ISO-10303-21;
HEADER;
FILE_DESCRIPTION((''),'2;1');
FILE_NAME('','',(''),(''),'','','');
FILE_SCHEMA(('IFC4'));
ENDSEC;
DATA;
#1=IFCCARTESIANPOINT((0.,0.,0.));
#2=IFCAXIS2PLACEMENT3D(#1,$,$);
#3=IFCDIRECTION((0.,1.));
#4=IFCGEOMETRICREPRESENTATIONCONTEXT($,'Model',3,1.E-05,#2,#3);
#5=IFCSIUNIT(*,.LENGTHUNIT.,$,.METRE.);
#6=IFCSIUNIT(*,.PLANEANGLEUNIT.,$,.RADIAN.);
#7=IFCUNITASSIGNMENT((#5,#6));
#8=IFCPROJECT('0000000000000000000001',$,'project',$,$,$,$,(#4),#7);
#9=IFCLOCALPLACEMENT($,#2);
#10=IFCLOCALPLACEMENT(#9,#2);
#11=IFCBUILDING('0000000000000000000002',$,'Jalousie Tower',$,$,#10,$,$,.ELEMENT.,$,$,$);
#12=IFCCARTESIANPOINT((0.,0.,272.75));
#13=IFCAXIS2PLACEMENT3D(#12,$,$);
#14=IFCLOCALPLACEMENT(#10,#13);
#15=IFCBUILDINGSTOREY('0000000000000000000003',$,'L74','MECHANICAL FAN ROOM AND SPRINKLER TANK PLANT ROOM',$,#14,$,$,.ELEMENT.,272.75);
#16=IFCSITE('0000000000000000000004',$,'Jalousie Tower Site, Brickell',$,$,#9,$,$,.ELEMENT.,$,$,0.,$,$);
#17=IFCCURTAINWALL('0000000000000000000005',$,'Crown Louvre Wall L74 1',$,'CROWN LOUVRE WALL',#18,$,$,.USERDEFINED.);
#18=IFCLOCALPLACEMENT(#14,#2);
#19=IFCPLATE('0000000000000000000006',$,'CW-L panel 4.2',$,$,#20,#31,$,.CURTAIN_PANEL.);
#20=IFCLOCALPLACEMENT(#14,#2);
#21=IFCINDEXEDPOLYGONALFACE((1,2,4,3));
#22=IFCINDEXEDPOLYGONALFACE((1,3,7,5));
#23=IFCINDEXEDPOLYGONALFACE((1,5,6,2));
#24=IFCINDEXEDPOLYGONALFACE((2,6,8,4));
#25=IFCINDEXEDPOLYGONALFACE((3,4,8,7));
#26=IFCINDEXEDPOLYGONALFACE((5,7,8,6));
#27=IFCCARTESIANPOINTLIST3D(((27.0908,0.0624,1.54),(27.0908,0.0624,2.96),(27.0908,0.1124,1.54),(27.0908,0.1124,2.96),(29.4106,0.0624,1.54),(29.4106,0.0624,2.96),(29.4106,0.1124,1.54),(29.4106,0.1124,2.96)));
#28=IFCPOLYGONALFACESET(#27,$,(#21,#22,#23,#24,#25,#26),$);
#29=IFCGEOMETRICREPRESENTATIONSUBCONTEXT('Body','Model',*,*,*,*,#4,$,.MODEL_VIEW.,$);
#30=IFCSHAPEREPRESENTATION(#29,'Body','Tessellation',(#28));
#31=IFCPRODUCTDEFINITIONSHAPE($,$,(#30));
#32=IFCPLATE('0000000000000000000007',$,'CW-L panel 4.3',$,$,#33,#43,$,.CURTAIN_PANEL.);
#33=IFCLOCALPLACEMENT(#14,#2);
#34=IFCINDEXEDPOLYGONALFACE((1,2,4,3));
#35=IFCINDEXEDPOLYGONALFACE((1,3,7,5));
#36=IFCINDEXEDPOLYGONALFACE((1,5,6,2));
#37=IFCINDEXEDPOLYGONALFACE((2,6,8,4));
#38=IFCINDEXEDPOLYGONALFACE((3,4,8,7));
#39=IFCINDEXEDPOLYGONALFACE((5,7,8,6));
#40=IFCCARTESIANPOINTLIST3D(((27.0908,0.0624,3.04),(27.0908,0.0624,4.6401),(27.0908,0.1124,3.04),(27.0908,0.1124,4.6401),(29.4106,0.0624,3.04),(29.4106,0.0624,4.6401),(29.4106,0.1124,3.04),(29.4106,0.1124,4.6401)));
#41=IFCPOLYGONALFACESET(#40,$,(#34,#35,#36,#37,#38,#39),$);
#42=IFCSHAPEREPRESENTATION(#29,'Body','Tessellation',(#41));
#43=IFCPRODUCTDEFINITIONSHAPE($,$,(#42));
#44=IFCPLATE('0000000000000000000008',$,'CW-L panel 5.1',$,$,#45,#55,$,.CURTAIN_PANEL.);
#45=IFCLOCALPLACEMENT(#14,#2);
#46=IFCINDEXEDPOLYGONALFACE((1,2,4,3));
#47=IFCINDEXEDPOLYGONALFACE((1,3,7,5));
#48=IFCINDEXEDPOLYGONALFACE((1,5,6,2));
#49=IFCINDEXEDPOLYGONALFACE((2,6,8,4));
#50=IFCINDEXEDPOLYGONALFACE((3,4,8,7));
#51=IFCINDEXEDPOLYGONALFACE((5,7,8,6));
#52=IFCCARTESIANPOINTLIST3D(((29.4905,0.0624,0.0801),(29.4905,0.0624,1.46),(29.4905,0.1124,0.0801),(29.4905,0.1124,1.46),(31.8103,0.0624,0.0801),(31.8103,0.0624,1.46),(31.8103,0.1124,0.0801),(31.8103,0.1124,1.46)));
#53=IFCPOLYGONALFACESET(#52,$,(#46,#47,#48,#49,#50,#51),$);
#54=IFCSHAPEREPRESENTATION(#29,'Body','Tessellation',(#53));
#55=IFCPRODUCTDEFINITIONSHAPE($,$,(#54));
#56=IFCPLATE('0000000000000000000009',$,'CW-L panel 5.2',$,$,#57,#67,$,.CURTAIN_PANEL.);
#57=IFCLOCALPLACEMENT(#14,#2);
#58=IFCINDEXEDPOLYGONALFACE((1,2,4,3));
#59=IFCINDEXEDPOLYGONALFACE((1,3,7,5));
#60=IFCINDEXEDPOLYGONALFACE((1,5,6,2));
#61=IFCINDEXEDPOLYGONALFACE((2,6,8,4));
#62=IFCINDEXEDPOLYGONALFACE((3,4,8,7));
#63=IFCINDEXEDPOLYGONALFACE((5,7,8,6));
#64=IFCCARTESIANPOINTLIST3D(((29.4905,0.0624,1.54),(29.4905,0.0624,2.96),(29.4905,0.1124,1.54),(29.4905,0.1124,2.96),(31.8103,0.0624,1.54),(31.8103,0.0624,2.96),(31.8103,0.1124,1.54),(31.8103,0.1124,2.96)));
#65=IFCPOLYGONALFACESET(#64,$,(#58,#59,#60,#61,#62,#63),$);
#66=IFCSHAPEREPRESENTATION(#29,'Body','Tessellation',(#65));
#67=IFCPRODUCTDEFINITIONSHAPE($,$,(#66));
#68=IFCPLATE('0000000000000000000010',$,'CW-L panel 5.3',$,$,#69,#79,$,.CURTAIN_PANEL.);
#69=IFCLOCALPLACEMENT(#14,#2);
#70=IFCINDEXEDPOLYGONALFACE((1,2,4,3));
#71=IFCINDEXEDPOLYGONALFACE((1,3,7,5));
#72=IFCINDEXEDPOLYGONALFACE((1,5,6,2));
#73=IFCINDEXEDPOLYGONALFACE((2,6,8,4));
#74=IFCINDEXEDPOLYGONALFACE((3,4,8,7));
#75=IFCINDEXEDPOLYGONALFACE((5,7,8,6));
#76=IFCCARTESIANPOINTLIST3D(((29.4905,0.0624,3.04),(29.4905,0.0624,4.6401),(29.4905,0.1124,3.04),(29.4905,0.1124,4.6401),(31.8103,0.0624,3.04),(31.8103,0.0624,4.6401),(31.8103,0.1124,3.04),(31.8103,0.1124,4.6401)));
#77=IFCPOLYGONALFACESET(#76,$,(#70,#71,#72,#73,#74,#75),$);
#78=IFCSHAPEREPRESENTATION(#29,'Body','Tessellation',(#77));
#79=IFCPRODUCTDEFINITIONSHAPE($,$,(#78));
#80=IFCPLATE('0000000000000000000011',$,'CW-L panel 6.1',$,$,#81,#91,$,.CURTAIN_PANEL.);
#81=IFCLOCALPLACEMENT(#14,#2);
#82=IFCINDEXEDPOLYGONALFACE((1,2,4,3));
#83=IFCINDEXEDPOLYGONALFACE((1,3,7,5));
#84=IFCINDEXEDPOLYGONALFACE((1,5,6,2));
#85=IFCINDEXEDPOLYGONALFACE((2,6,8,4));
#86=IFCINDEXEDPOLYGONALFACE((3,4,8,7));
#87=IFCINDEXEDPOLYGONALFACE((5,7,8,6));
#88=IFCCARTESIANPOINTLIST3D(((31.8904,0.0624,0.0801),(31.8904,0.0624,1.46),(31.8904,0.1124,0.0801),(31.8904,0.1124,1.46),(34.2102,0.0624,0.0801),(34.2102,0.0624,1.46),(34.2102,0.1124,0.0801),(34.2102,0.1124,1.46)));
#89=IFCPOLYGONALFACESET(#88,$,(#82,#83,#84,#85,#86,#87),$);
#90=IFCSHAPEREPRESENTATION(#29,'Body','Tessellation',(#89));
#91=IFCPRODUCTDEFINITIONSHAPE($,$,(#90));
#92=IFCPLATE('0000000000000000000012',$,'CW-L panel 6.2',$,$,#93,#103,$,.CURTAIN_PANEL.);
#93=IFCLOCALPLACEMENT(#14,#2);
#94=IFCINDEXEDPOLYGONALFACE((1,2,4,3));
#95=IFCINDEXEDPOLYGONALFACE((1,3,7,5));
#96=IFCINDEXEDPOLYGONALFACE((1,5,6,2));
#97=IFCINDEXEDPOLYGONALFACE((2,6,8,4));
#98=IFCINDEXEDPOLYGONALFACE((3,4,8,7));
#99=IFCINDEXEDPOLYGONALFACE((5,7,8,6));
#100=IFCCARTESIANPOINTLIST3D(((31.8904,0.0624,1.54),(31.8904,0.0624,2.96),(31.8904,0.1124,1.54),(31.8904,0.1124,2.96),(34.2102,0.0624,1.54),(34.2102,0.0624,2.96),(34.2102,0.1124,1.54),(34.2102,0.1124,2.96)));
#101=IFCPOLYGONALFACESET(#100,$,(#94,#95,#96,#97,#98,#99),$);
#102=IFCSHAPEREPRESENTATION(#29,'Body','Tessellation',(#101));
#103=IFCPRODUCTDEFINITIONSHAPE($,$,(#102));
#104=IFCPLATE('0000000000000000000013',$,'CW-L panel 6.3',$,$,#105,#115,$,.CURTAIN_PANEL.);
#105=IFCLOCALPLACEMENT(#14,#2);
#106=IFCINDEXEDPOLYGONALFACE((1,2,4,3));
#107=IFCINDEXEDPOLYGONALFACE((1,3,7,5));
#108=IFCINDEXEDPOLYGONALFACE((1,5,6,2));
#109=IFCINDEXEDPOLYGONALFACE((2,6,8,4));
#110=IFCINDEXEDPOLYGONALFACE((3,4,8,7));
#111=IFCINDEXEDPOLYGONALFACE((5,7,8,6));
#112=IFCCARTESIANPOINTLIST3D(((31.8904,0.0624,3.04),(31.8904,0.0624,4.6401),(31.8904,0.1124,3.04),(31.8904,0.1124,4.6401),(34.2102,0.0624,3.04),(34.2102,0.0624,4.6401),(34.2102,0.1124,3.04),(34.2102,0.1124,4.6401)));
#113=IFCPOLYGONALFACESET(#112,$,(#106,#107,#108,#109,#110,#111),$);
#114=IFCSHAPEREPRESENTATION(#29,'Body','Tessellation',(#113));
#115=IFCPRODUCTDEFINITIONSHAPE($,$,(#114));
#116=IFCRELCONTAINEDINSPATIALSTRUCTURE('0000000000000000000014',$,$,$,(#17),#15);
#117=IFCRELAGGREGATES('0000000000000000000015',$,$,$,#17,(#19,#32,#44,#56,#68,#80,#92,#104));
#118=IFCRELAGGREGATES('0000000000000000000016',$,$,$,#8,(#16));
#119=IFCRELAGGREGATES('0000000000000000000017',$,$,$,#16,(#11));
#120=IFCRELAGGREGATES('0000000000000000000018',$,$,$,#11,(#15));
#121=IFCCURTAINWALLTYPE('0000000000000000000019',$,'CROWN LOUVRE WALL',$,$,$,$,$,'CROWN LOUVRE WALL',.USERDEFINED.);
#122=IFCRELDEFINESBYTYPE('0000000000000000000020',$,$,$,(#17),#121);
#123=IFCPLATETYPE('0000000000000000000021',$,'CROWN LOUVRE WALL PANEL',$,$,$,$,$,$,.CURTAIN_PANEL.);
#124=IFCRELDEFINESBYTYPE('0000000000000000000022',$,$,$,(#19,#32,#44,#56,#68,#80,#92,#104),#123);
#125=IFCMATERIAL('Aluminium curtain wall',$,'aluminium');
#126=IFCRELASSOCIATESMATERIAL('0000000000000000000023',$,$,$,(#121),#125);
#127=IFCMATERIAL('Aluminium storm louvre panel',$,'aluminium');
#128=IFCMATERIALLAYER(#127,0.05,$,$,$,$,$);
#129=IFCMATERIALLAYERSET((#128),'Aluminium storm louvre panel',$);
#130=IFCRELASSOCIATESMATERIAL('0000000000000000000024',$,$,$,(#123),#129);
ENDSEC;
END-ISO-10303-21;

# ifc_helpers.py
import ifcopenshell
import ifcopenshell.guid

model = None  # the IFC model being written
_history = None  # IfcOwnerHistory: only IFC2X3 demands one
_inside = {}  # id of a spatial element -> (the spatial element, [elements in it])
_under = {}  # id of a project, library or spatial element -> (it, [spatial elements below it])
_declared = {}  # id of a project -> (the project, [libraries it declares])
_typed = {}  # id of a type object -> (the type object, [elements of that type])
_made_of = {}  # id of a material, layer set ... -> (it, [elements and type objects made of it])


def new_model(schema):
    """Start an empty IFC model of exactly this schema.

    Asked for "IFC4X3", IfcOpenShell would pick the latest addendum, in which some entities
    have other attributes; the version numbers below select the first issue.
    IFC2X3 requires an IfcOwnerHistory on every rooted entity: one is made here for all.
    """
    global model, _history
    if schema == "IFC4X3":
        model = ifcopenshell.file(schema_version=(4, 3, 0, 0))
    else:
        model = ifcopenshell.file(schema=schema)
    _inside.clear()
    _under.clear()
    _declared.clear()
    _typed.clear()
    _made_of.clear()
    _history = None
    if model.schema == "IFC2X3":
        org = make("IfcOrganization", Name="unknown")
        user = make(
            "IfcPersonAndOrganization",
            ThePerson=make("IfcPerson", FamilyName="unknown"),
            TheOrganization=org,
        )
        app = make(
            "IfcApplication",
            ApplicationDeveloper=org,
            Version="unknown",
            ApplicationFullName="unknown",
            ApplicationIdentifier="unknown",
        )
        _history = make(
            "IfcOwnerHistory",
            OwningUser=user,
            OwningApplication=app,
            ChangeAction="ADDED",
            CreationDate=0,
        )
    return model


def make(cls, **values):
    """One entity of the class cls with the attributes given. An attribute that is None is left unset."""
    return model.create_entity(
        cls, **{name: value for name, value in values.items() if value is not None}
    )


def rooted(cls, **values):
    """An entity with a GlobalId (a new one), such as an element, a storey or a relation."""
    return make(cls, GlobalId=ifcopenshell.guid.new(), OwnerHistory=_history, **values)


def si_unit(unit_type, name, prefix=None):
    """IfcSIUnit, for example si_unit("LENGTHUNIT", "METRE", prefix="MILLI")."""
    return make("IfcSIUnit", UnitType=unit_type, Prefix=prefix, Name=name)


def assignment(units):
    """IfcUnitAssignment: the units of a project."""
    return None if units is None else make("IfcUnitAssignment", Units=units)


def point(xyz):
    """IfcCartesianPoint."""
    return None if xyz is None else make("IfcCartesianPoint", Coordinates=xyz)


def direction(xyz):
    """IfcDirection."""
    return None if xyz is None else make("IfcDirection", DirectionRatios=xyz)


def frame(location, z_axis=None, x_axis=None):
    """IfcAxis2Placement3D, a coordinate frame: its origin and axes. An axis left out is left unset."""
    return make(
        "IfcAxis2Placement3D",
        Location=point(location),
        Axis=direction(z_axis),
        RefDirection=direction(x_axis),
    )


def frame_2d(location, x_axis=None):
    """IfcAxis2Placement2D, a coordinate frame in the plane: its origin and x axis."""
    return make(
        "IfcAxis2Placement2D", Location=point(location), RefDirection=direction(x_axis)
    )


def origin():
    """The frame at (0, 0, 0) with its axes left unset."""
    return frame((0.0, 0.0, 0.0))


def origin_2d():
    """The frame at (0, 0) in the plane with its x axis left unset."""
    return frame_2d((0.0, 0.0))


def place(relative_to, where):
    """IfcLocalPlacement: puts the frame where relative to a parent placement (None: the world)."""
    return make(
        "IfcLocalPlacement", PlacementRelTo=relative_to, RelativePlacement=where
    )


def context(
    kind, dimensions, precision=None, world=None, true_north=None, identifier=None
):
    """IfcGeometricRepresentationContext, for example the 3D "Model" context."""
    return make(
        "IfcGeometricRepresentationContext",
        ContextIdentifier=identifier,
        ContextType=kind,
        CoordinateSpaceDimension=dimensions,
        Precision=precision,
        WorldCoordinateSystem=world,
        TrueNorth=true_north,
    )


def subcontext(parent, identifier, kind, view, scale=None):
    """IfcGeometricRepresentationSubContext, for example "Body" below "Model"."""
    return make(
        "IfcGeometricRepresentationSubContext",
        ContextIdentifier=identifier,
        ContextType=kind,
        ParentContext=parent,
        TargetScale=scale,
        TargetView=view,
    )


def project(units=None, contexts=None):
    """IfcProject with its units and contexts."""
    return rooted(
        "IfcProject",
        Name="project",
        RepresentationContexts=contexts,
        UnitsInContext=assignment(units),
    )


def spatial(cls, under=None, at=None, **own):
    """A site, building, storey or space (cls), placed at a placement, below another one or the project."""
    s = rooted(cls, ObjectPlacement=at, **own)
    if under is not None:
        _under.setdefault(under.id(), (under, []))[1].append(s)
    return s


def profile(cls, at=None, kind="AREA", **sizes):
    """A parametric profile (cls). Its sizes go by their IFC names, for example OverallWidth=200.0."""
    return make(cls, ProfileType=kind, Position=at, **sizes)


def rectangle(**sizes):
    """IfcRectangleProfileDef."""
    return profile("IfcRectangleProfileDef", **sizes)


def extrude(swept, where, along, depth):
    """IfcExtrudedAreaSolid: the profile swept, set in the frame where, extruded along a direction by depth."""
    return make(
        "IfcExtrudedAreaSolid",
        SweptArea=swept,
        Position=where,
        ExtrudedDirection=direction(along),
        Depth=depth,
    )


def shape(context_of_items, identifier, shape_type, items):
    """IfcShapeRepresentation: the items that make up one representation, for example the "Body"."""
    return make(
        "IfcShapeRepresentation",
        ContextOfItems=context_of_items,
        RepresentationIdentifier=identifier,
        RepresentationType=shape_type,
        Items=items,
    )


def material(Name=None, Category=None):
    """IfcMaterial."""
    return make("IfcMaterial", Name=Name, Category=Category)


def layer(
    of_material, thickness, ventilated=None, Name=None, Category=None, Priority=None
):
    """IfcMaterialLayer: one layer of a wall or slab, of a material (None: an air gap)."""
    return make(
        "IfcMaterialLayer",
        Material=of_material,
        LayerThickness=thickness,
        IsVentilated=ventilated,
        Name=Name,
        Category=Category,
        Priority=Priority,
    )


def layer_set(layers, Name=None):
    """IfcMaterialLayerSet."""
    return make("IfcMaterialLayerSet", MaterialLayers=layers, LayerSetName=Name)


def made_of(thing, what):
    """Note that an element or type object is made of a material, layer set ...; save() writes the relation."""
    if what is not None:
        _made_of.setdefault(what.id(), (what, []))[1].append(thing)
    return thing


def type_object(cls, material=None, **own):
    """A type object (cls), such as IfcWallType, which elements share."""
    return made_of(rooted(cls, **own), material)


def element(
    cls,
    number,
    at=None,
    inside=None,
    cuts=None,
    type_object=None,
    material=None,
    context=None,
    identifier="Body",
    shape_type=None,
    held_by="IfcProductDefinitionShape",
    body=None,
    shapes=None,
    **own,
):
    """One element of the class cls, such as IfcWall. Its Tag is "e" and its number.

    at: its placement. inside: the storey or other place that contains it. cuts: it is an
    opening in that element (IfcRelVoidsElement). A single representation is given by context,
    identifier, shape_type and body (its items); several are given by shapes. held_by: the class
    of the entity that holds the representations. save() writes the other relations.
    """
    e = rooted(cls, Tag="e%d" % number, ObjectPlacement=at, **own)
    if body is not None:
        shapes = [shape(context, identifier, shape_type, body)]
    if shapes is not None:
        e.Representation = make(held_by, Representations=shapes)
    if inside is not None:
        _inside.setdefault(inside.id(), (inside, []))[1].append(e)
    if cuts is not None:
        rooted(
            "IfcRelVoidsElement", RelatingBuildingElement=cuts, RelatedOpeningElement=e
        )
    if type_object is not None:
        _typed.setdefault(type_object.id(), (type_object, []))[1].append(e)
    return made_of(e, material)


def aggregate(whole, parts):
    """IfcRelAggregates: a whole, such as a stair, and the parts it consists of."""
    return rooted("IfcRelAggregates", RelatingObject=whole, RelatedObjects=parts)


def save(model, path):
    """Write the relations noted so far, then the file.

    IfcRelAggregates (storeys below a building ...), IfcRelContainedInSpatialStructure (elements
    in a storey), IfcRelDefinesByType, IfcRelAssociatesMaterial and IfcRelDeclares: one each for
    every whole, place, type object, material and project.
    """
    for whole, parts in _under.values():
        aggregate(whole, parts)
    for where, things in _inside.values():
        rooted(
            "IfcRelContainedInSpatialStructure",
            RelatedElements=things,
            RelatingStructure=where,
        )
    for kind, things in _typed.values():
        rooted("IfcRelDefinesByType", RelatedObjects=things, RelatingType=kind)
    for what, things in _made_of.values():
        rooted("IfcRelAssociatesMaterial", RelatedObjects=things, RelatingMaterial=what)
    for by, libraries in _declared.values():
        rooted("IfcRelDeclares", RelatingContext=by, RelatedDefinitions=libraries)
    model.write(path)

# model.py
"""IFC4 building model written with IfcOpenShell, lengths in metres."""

from ifc_helpers import new_model, si_unit, direction, frame, origin, origin_2d, place, context, subcontext, project, spatial, rectangle, extrude, material, layer, layer_set, type_object, element, aggregate, save


model = new_model("IFC4")

# Units and contexts
model_context = context("Model", 3, precision=1e-05, world=origin(), true_north=direction((0.0, 1.0)))
body_context = subcontext(model_context, "Body", "Model", "MODEL_VIEW")
ifc_project = project(units=[si_unit("LENGTHUNIT", "METRE"), si_unit("PLANEANGLEUNIT", "RADIAN")], contexts=[model_context])

# Site, building, storey
site_placement = place(None, origin())
site = spatial("IfcSite", under=ifc_project, at=site_placement, Name="Jalousie Tower Site, Brickell", CompositionType="ELEMENT", RefElevation=0.0)
building_placement = place(site_placement, origin())
building = spatial("IfcBuilding", under=site, at=building_placement, Name="Jalousie Tower", CompositionType="ELEMENT")
storey_placement = place(building_placement, frame((0.0, 0.0, 272.75)))
storey = spatial("IfcBuildingStorey", under=building, at=storey_placement, Name="L74", Description="MECHANICAL FAN ROOM AND SPRINKLER TANK PLANT ROOM", CompositionType="ELEMENT", Elevation=272.75)

# Curtain wall, plates
ifc_material_1 = material(Name="Aluminium curtain wall", Category="aluminium")
curtain_wall_type = type_object("IfcCurtainWallType", Name="CROWN LOUVRE WALL", ElementType="CROWN LOUVRE WALL", PredefinedType="USERDEFINED", material=ifc_material_1)
curtain_wall_placement = place(storey_placement, origin())
curtain_wall = element("IfcCurtainWall", 1, at=curtain_wall_placement, inside=storey, type_object=curtain_wall_type, Name="Crown Louvre Wall L74 1", ObjectType="CROWN LOUVRE WALL", PredefinedType="USERDEFINED")
ifc_material_2 = material(Name="Aluminium storm louvre panel", Category="aluminium")
ifc_layer = layer(ifc_material_2, 0.05)
ifc_layer_set = layer_set([ifc_layer], Name="Aluminium storm louvre panel")
plate_type = type_object("IfcPlateType", Name="CROWN LOUVRE WALL PANEL", PredefinedType="CURTAIN_PANEL", material=ifc_layer_set)
plate_1_placement = place(storey_placement, frame((28.2507, 0.0874, 1.54), z_axis=(0.0, 0.0, 1.0), x_axis=(1.0, 0.0, 0.0)))
plate_1 = element("IfcPlate", 2, at=plate_1_placement, type_object=plate_type, Name="CW-L panel 4.2", PredefinedType="CURTAIN_PANEL", context=body_context, shape_type="SweptSolid", body=[
    extrude(rectangle(XDim=2.3198, YDim=0.05, at=origin_2d()), origin(), (0.0, 0.0, 1.0), 1.4199),
])
plate_2_placement = place(storey_placement, frame((28.2507, 0.0874, 3.04), z_axis=(0.0, 0.0, 1.0), x_axis=(1.0, 0.0, 0.0)))
plate_2 = element("IfcPlate", 3, at=plate_2_placement, type_object=plate_type, Name="CW-L panel 4.3", PredefinedType="CURTAIN_PANEL", context=body_context, shape_type="SweptSolid", body=[
    extrude(rectangle(XDim=2.3198, YDim=0.05, at=origin_2d()), origin(), (0.0, 0.0, 1.0), 1.6001),
])
plate_3_placement = place(storey_placement, frame((30.6504, 0.0874, 0.0801), z_axis=(0.0, 0.0, 1.0), x_axis=(1.0, 0.0, 0.0)))
plate_3 = element("IfcPlate", 4, at=plate_3_placement, type_object=plate_type, Name="CW-L panel 5.1", PredefinedType="CURTAIN_PANEL", context=body_context, shape_type="SweptSolid", body=[
    extrude(rectangle(XDim=2.3198, YDim=0.05, at=origin_2d()), origin(), (0.0, 0.0, 1.0), 1.3799),
])
plate_4_placement = place(storey_placement, frame((30.6504, 0.0874, 1.54), z_axis=(0.0, 0.0, 1.0), x_axis=(1.0, 0.0, 0.0)))
plate_4 = element("IfcPlate", 5, at=plate_4_placement, type_object=plate_type, Name="CW-L panel 5.2", PredefinedType="CURTAIN_PANEL", context=body_context, shape_type="SweptSolid", body=[
    extrude(rectangle(XDim=2.3198, YDim=0.05, at=origin_2d()), origin(), (0.0, 0.0, 1.0), 1.4199),
])
plate_5_placement = place(storey_placement, frame((30.6504, 0.0874, 3.04), z_axis=(0.0, 0.0, 1.0), x_axis=(1.0, 0.0, 0.0)))
plate_5 = element("IfcPlate", 6, at=plate_5_placement, type_object=plate_type, Name="CW-L panel 5.3", PredefinedType="CURTAIN_PANEL", context=body_context, shape_type="SweptSolid", body=[
    extrude(rectangle(XDim=2.3198, YDim=0.05, at=origin_2d()), origin(), (0.0, 0.0, 1.0), 1.6001),
])
plate_6_placement = place(storey_placement, frame((33.0503, 0.0874, 0.0801), z_axis=(0.0, 0.0, 1.0), x_axis=(1.0, 0.0, 0.0)))
plate_6 = element("IfcPlate", 7, at=plate_6_placement, type_object=plate_type, Name="CW-L panel 6.1", PredefinedType="CURTAIN_PANEL", context=body_context, shape_type="SweptSolid", body=[
    extrude(rectangle(XDim=2.3198, YDim=0.05, at=origin_2d()), origin(), (0.0, 0.0, 1.0), 1.3799),
])
plate_7_placement = place(storey_placement, frame((33.0503, 0.0874, 1.54), z_axis=(0.0, 0.0, 1.0), x_axis=(1.0, 0.0, 0.0)))
plate_7 = element("IfcPlate", 8, at=plate_7_placement, type_object=plate_type, Name="CW-L panel 6.2", PredefinedType="CURTAIN_PANEL", context=body_context, shape_type="SweptSolid", body=[
    extrude(rectangle(XDim=2.3198, YDim=0.05, at=origin_2d()), origin(), (0.0, 0.0, 1.0), 1.4199),
])
plate_8_placement = place(storey_placement, frame((33.0503, 0.0874, 3.04), z_axis=(0.0, 0.0, 1.0), x_axis=(1.0, 0.0, 0.0)))
plate_8 = element("IfcPlate", 9, at=plate_8_placement, type_object=plate_type, Name="CW-L panel 6.3", PredefinedType="CURTAIN_PANEL", context=body_context, shape_type="SweptSolid", body=[
    extrude(rectangle(XDim=2.3198, YDim=0.05, at=origin_2d()), origin(), (0.0, 0.0, 1.0), 1.6001),
])
aggregate(curtain_wall, [plate_1, plate_2, plate_3, plate_4, plate_5, plate_6, plate_7, plate_8])

save(model, "model.ifc")
